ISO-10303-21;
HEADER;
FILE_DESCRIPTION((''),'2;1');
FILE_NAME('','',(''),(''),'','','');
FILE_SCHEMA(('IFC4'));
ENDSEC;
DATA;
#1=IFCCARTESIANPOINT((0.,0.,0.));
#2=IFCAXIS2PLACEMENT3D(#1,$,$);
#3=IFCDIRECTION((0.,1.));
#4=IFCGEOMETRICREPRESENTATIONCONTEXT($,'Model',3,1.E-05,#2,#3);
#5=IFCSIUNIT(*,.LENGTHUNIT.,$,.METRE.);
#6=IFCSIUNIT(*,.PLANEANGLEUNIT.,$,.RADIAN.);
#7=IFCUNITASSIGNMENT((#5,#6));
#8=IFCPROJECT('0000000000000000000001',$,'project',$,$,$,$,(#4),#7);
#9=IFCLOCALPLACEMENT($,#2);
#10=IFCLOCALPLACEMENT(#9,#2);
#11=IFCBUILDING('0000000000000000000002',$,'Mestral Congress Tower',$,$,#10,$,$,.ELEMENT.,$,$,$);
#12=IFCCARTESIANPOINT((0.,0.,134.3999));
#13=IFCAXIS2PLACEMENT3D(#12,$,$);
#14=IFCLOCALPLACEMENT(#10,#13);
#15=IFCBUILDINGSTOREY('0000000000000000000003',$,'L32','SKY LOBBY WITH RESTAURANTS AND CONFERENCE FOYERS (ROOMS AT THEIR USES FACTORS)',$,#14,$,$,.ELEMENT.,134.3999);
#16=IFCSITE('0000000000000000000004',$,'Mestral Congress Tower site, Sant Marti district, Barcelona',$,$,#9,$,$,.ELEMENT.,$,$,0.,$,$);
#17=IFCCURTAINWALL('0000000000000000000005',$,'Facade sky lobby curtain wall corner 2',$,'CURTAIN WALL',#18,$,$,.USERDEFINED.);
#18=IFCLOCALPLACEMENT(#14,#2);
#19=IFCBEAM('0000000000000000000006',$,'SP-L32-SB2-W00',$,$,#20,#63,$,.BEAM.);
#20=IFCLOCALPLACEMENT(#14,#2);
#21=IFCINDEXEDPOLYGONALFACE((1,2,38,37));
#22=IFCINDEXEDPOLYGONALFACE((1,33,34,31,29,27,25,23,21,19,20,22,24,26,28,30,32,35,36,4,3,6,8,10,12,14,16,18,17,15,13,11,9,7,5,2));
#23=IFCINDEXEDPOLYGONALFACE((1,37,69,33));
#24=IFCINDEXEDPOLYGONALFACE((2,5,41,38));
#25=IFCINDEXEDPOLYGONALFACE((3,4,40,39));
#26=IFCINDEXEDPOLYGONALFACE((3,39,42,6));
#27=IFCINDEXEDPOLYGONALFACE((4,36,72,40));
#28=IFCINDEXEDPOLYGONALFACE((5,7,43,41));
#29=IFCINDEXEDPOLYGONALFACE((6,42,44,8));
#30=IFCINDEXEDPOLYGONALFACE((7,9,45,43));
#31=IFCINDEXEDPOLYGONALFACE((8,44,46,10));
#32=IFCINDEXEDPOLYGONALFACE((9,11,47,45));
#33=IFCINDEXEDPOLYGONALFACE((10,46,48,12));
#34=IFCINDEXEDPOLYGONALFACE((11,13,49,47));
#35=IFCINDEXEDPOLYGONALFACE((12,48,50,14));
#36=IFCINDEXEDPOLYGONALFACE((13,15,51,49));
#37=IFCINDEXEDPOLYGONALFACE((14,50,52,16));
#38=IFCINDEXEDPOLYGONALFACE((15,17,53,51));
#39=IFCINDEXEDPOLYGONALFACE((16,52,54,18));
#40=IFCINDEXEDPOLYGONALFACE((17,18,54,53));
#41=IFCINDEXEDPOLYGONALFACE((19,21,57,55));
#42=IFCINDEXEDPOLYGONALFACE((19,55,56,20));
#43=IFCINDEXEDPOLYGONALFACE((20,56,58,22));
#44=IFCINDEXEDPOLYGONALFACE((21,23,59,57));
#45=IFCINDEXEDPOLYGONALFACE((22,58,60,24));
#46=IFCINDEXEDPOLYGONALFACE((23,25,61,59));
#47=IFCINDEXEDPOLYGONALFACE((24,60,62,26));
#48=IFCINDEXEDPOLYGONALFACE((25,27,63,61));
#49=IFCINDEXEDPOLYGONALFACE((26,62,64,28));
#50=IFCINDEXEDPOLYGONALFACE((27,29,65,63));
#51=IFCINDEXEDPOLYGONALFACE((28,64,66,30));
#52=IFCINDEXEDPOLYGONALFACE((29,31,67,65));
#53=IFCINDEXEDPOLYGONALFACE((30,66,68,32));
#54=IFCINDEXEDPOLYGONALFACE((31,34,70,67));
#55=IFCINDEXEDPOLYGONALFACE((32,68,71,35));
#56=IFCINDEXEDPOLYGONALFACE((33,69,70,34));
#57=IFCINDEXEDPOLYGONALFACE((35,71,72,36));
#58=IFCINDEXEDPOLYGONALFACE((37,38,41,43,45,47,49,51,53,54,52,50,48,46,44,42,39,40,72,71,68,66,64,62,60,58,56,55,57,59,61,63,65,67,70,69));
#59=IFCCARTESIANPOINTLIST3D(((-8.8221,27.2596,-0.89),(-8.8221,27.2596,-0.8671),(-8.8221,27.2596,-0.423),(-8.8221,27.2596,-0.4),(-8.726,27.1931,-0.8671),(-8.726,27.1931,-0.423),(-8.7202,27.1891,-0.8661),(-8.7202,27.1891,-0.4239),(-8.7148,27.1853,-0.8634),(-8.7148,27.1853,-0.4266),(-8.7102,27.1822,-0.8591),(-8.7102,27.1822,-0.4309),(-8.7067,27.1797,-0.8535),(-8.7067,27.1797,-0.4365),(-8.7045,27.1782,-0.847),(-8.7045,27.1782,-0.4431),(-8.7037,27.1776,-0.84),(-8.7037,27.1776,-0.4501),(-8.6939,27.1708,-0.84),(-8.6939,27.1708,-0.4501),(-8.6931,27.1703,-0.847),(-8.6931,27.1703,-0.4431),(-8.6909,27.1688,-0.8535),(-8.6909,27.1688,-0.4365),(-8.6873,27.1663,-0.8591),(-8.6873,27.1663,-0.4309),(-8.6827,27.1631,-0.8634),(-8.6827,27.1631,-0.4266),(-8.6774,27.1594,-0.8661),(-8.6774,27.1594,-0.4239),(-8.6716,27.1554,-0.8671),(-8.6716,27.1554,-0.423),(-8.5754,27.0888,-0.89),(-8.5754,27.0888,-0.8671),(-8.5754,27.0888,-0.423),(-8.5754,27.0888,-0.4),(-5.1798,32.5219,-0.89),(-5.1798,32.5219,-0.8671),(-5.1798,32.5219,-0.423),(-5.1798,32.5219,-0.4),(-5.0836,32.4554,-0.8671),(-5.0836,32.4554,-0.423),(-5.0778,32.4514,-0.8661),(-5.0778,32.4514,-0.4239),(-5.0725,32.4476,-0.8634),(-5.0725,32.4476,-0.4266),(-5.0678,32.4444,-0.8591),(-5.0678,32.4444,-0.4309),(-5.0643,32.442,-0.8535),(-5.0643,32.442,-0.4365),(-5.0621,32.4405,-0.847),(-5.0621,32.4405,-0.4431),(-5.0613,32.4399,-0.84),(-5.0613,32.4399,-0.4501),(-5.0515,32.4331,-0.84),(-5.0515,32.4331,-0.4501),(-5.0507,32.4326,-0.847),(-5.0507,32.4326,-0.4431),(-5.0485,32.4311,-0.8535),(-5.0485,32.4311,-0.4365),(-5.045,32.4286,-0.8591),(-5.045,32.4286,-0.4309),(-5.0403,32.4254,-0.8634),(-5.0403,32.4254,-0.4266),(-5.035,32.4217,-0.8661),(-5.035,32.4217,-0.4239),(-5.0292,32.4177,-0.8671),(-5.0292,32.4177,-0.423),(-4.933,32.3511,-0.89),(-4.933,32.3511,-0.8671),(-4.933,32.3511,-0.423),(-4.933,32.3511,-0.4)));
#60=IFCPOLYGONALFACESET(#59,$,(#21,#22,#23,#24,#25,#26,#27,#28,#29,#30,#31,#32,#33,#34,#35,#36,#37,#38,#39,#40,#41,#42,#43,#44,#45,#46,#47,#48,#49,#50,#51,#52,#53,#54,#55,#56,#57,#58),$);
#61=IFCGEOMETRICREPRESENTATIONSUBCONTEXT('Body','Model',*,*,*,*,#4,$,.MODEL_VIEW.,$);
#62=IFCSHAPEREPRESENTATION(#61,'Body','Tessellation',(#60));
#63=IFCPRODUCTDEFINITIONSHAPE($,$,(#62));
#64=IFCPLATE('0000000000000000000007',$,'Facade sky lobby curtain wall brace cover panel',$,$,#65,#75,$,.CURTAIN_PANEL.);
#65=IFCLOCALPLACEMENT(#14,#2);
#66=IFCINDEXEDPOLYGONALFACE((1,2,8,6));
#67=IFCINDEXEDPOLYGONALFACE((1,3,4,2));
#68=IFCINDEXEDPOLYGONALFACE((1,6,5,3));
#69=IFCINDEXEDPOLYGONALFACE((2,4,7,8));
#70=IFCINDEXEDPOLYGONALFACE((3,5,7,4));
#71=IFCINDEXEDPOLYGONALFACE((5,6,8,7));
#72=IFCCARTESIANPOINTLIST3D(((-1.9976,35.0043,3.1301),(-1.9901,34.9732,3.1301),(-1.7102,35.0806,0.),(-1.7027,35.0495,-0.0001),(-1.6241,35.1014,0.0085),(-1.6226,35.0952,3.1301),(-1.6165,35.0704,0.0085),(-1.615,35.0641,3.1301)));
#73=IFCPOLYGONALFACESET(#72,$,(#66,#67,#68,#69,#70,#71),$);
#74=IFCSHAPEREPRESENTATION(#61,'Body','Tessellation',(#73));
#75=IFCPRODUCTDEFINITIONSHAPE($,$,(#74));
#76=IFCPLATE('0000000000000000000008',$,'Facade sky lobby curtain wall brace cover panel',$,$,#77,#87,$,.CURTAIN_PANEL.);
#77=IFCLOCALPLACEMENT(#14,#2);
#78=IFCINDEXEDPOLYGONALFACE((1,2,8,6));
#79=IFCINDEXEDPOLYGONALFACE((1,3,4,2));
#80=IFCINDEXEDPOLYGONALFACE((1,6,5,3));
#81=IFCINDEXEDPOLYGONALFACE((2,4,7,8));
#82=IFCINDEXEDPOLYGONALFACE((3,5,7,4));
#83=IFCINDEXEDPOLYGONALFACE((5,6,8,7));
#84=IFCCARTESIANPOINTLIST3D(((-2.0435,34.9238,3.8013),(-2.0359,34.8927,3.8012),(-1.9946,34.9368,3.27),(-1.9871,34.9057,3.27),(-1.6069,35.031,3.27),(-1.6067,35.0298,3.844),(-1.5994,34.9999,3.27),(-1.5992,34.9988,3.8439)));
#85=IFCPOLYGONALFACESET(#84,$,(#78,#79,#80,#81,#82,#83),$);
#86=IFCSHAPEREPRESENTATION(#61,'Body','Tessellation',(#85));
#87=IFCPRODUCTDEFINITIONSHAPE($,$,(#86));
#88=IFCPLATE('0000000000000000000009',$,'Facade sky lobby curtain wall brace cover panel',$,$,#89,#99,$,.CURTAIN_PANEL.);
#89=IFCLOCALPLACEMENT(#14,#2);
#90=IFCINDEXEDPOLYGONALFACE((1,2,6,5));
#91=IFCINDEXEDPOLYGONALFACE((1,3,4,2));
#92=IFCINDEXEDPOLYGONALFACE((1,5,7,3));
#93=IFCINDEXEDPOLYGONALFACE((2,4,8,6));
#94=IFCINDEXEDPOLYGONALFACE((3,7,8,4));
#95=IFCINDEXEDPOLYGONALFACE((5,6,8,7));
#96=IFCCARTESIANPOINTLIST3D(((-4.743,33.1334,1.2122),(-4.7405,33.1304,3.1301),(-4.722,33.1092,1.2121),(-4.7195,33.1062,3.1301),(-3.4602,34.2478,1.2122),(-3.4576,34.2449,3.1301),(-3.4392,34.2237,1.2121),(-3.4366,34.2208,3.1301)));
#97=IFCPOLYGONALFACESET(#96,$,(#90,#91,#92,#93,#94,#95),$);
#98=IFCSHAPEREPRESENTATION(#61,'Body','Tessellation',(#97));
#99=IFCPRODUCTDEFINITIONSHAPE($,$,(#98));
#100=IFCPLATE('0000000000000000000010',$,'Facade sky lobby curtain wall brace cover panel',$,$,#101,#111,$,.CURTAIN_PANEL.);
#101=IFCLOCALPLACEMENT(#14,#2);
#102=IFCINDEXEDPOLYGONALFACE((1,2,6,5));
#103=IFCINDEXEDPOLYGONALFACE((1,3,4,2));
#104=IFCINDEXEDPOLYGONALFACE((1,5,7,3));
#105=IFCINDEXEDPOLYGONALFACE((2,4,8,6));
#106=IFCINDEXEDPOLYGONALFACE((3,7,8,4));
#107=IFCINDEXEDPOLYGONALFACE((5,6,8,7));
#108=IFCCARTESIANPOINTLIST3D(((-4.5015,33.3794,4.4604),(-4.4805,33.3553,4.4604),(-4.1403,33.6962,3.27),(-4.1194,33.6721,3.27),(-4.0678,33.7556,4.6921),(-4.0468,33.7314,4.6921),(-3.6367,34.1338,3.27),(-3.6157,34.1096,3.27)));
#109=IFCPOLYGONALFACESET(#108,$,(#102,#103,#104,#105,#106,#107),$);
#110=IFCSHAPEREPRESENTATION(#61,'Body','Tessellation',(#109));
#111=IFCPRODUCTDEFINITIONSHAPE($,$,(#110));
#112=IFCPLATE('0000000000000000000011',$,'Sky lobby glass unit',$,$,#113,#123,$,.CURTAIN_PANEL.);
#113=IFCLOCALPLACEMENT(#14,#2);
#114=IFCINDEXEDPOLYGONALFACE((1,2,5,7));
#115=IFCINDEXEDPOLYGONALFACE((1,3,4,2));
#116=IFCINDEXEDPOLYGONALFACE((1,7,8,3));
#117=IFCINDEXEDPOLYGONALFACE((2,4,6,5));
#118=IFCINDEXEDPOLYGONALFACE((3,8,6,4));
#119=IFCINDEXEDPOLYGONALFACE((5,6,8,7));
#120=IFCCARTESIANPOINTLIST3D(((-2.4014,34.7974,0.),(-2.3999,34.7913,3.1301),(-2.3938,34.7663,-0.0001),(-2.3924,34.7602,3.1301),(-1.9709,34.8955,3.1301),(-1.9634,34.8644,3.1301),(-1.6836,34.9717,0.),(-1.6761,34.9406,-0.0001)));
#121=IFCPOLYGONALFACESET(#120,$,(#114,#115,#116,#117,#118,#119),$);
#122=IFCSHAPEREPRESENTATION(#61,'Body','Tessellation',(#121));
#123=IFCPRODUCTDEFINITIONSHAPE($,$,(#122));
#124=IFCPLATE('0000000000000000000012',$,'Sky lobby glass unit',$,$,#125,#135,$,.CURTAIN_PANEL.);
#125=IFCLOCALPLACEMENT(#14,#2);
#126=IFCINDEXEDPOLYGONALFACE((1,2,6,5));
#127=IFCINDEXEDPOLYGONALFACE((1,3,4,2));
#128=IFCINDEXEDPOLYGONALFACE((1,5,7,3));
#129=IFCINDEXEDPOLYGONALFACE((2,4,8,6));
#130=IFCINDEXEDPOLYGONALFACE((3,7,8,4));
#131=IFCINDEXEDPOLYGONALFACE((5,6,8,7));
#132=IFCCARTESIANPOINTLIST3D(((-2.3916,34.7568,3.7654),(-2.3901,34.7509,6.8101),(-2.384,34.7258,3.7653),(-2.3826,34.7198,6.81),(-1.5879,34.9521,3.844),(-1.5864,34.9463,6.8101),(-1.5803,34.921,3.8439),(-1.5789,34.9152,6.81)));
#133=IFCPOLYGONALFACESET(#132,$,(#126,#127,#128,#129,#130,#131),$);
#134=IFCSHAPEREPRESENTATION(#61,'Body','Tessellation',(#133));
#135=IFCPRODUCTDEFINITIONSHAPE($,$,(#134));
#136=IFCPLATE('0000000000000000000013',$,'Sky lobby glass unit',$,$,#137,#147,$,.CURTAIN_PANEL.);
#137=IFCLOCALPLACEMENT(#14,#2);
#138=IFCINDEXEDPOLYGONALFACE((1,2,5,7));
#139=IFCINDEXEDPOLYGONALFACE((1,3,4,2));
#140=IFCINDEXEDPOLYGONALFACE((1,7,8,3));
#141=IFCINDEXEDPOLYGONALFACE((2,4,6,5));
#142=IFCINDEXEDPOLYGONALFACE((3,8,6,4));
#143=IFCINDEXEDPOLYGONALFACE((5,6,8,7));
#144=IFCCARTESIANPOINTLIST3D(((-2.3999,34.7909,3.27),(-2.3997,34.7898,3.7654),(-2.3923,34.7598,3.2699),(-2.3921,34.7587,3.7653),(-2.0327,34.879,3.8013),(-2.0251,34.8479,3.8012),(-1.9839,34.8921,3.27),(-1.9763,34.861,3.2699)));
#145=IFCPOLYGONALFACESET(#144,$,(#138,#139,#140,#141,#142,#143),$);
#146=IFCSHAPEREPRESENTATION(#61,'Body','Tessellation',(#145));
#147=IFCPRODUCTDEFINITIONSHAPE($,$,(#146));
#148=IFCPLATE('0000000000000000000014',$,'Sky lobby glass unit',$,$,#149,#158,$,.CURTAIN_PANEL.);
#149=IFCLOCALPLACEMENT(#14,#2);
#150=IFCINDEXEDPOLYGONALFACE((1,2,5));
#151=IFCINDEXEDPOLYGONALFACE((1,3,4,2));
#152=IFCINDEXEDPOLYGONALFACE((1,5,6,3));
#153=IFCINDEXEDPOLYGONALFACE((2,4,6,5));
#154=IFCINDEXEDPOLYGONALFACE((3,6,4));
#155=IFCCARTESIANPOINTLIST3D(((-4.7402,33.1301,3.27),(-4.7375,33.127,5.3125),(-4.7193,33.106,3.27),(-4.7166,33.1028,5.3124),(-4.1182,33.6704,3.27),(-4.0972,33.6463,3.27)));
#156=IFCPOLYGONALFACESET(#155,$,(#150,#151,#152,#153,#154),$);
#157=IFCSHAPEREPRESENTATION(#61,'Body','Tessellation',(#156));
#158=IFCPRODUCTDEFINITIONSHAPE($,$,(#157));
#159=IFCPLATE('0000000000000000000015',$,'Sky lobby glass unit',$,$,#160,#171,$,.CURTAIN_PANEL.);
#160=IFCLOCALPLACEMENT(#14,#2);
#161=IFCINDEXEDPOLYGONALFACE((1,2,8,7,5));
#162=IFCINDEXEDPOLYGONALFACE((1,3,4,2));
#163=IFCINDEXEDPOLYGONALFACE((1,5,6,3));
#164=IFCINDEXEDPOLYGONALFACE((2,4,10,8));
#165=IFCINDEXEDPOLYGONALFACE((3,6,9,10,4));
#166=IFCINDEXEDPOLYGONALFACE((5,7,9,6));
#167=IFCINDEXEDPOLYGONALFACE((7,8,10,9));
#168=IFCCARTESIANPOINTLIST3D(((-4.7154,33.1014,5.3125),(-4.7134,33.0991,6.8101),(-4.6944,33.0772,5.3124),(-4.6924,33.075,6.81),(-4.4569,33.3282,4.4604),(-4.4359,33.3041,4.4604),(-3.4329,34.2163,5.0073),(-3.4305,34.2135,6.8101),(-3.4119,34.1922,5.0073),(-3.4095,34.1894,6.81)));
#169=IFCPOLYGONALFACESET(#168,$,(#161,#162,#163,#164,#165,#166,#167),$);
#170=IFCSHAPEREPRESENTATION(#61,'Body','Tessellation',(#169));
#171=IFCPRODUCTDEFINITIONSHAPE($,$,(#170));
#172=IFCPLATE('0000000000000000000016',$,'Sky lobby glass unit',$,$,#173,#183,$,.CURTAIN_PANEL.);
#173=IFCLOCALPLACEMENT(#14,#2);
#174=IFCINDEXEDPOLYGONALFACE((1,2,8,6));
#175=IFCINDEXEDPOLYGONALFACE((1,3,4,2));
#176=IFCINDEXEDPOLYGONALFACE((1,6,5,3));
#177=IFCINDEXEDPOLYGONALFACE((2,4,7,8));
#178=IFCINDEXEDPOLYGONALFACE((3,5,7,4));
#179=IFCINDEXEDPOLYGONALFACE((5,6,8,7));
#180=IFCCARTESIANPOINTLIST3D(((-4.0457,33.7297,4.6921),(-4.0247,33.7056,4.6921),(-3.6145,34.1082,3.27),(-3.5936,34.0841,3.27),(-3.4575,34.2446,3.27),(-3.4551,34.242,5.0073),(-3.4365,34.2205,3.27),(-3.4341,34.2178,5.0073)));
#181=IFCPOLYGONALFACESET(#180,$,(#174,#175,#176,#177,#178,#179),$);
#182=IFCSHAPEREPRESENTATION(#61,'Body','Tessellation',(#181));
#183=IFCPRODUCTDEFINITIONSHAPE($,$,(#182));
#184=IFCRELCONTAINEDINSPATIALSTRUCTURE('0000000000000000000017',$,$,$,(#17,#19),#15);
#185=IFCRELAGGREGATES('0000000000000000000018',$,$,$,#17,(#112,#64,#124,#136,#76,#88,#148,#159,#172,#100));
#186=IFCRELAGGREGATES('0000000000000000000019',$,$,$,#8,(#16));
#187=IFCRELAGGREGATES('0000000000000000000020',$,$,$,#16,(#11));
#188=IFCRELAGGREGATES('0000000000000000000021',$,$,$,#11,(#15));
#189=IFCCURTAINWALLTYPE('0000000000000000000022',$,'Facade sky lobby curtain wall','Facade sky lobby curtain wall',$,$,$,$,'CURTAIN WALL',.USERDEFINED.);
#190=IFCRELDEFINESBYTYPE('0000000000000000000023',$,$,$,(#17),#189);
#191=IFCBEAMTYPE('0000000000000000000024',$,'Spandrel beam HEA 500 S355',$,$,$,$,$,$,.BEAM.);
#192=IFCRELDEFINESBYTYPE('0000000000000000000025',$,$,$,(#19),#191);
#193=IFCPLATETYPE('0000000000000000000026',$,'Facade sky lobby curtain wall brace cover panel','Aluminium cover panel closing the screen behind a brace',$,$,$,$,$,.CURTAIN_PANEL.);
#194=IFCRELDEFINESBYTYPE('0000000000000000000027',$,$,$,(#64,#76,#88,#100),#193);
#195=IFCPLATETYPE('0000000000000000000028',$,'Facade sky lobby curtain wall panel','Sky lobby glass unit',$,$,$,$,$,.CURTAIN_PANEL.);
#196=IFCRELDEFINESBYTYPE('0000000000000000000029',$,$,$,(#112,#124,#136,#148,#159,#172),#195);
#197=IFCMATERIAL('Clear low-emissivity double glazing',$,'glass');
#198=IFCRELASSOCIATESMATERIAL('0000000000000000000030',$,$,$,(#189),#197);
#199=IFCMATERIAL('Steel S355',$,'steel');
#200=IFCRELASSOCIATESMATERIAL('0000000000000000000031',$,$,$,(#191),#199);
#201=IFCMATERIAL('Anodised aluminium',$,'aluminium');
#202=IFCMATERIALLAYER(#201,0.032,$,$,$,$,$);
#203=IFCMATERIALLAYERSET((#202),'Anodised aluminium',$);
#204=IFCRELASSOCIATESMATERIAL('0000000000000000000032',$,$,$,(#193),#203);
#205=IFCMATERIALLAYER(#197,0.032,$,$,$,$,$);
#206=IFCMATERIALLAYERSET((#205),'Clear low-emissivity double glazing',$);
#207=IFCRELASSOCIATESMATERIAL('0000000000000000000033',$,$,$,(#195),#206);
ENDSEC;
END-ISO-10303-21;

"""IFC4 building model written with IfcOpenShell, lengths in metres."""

from ifc_helpers import new_model, si_unit, direction, frame, origin, origin_2d, place, context, subcontext, project, spatial, polyline, i_section, outline, extrude, material, layer, layer_set, material_profile, profile_set, type_object, element, aggregate, save


model = new_model("IFC4")

# Units and contexts
model_context = context("Model", 3, precision=1e-05, world=origin(), true_north=direction((0.0, 1.0)))
body_context = subcontext(model_context, "Body", "Model", "MODEL_VIEW")
ifc_project = project(units=[si_unit("LENGTHUNIT", "METRE"), si_unit("PLANEANGLEUNIT", "RADIAN")], contexts=[model_context])

# Site, building, storey
site_placement = place(None, origin())
site = spatial("IfcSite", under=ifc_project, at=site_placement, Name="Mestral Congress Tower site, Sant Marti district, Barcelona", CompositionType="ELEMENT", RefElevation=0.0)
building_placement = place(site_placement, origin())
building = spatial("IfcBuilding", under=site, at=building_placement, Name="Mestral Congress Tower", CompositionType="ELEMENT")
storey_placement = place(building_placement, frame((0.0, 0.0, 134.3999)))
storey = spatial("IfcBuildingStorey", under=building, at=storey_placement, Name="L32", Description="SKY LOBBY WITH RESTAURANTS AND CONFERENCE FOYERS (ROOMS AT THEIR USES FACTORS)", CompositionType="ELEMENT", Elevation=134.3999)

# Shared definitions
ifc_material_1 = material(Name="Steel S355", Category="steel")

# Curtain wall
ifc_material_2 = material(Name="Clear low-emissivity double glazing", Category="glass")
curtain_wall_type = type_object("IfcCurtainWallType", Name="Facade sky lobby curtain wall", Description="Facade sky lobby curtain wall", ElementType="CURTAIN WALL", PredefinedType="USERDEFINED", material=ifc_material_2)
curtain_wall_placement = place(storey_placement, origin())
curtain_wall = element("IfcCurtainWall", 1, at=curtain_wall_placement, inside=storey, type_object=curtain_wall_type, Name="Facade sky lobby curtain wall corner 2", ObjectType="CURTAIN WALL", PredefinedType="USERDEFINED")
ifc_material_3 = material(Name="Anodised aluminium", Category="aluminium")

# Beam
ifc_material_profile_1 = material_profile(ifc_material_1, i_section(OverallWidth=0.3, OverallDepth=0.49, WebThickness=0.012, FlangeThickness=0.0229, FilletRadius=0.0271, at=origin_2d()), Name="HEA 500")
ifc_profile_set_1 = profile_set([ifc_material_profile_1], Name="Steel S355")
beam_type_1 = type_object("IfcBeamType", Name="Spandrel beam HEA 500 S355", PredefinedType="BEAM", material=ifc_profile_set_1)
beam_1_placement = place(storey_placement, frame((-5.0564, 32.4365, -0.645), z_axis=(-0.569133, -0.822246, 0.0), x_axis=(0.822246, -0.569133, 0.0)))
element("IfcBeam", 2, at=beam_1_placement, inside=storey, type_object=beam_type_1, Name="SP-L32-SB2-W00", PredefinedType="BEAM", context=body_context, shape_type="SweptSolid", body=[
    extrude(i_section(OverallWidth=0.3, OverallDepth=0.49, WebThickness=0.012, FlangeThickness=0.0229, FilletRadius=0.0271, at=origin_2d()), origin(), (0.0, 0.0, 1.0), 6.3999),
])

# Plates
ifc_layer_1 = layer(ifc_material_3, 0.032)
ifc_layer_set_1 = layer_set([ifc_layer_1], Name="Anodised aluminium")
plate_type_1 = type_object("IfcPlateType", Name="Facade sky lobby curtain wall brace cover panel", Description="Aluminium cover panel closing the screen behind a brace", PredefinedType="CURTAIN_PANEL", material=ifc_layer_set_1)
plate_1_placement = place(storey_placement, frame((-1.6226, 35.0952, 3.1301), z_axis=(-0.235665, 0.971832, 0.002051), x_axis=(-0.971834, -0.235665, 0.000001)))
plate_1 = element("IfcPlate", 3, at=plate_1_placement, type_object=plate_type_1, Name="Facade sky lobby curtain wall brace cover panel", PredefinedType="CURTAIN_PANEL", context=body_context, shape_type="SweptSolid", body=[
    extrude(outline(polyline([(0.0, 0.0), (0.3859, 0.0), (0.0886, -3.1301), (0.0, -3.1216), (0.0, 0.0)])), origin(), (0.0, 0.0, -1.0), 0.032),
])
plate_2_placement = place(storey_placement, frame((-1.6069, 35.031, 3.27), z_axis=(-0.236063, 0.971735, 0.002073), x_axis=(0.000403, -0.002035, 0.999998)))
plate_2 = element("IfcPlate", 4, at=plate_2_placement, type_object=plate_type_1, Name="Facade sky lobby curtain wall brace cover panel", PredefinedType="CURTAIN_PANEL", context=body_context, shape_type="SweptSolid", body=[
    extrude(outline(polyline([(0.0, 0.0), (0.574, 0.0), (0.5313, -0.4494), (0.0, -0.399), (0.0, 0.0)])), origin(), (0.0, 0.0, -1.0), 0.032),
])
plate_3_placement = place(storey_placement, frame((-4.7405, 33.1304, 3.1301), z_axis=(-0.655839, 0.754898, 0.00203), x_axis=(-0.0013, 0.001559, -0.999998)))
plate_3 = element("IfcPlate", 5, at=plate_3_placement, type_object=plate_type_1, Name="Facade sky lobby curtain wall brace cover panel", PredefinedType="CURTAIN_PANEL", context=body_context, shape_type="SweptSolid", body=[
    extrude(outline(polyline([(0.0, 0.0), (1.918, 0.0), (1.918, -1.6993), (0.0001, -1.6994), (0.0, 0.0)])), origin(), (0.0, 0.0, -1.0), 0.032),
])
plate_4_placement = place(storey_placement, frame((-3.6367, 34.1338, 3.27), z_axis=(-0.655863, 0.754878, 0.00195), x_axis=(-0.281141, -0.24666, 0.927426)))
plate_4 = element("IfcPlate", 6, at=plate_4_placement, type_object=plate_type_1, Name="Facade sky lobby curtain wall brace cover panel", PredefinedType="CURTAIN_PANEL", context=body_context, shape_type="SweptSolid", body=[
    extrude(outline(polyline([(0.0, 0.0), (1.5334, 0.0), (1.5332, -0.6191), (0.2495, -0.6187), (0.0, 0.0)])), origin(), (0.0, 0.0, -1.0), 0.032),
])
ifc_layer_2 = layer(ifc_material_2, 0.032)
ifc_layer_set_2 = layer_set([ifc_layer_2], Name="Clear low-emissivity double glazing")
plate_type_2 = type_object("IfcPlateType", Name="Facade sky lobby curtain wall panel", Description="Sky lobby glass unit", PredefinedType="CURTAIN_PANEL", material=ifc_layer_set_2)
plate_5_placement = place(storey_placement, frame((-2.4014, 34.7974, 0.0), z_axis=(-0.236055, 0.971738, 0.001991), x_axis=(0.971739, 0.236056, 0.0)))
plate_5 = element("IfcPlate", 7, at=plate_5_placement, type_object=plate_type_2, Name="Sky lobby glass unit", PredefinedType="CURTAIN_PANEL", context=body_context, shape_type="SweptSolid", body=[
    extrude(outline(polyline([(0.0, 0.0), (0.7386, 0.0), (0.4414, -3.1301), (0.0, -3.1301), (0.0, 0.0)])), origin(), (0.0, 0.0, -1.0), 0.032),
])
plate_6_placement = place(storey_placement, frame((-1.5864, 34.9463, 6.8101), z_axis=(-0.236233, 0.971694, 0.00201), x_axis=(-0.971696, -0.236233, 0.0)))
plate_6 = element("IfcPlate", 8, at=plate_6_placement, type_object=plate_type_2, Name="Sky lobby glass unit", PredefinedType="CURTAIN_PANEL", context=body_context, shape_type="SweptSolid", body=[
    extrude(outline(polyline([(0.0, 0.0), (0.8271, 0.0), (0.8271, -3.0447), (0.0, -2.9661), (0.0, 0.0)])), origin(), (0.0, 0.0, -1.0), 0.032),
])
plate_7_placement = place(storey_placement, frame((-2.3997, 34.7898, 3.7654), z_axis=(-0.236424, 0.971648, 0.002213), x_axis=(-0.000423, 0.002175, -0.999998)))
plate_7 = element("IfcPlate", 9, at=plate_7_placement, type_object=plate_type_2, Name="Sky lobby glass unit", PredefinedType="CURTAIN_PANEL", context=body_context, shape_type="SweptSolid", body=[
    extrude(outline(polyline([(0.0, 0.0), (0.4954, 0.0), (0.4954, -0.4281), (-0.0358, -0.3777), (0.0, 0.0)])), origin(), (0.0, 0.0, -1.0), 0.032),
])
plate_8_placement = place(storey_placement, frame((-4.7402, 33.1301, 3.27), z_axis=(-0.65573, 0.754993, 0.002035), x_axis=(0.754995, 0.655731, 0.0)))
plate_8 = element("IfcPlate", 10, at=plate_8_placement, type_object=plate_type_2, Name="Sky lobby glass unit", PredefinedType="CURTAIN_PANEL", context=body_context, shape_type="SweptSolid", body=[
    extrude(outline(polyline([(0.0, 0.0), (0.8239, 0.0), (-0.0001, -2.0425), (0.0, 0.0)])), origin(), (0.0, 0.0, -1.0), 0.032),
])
plate_9_placement = place(storey_placement, frame((-4.7134, 33.0991, 6.8101), z_axis=(-0.655791, 0.75494, 0.002024), x_axis=(-0.001345, 0.001514, -0.999998)))
plate_9 = element("IfcPlate", 11, at=plate_9_placement, type_object=plate_type_2, Name="Sky lobby glass unit", PredefinedType="CURTAIN_PANEL", context=body_context, shape_type="SweptSolid", body=[
    extrude(outline(polyline([(0.0, 0.0), (1.4976, 0.0), (2.3496, -0.3439), (1.8027, -1.6994), (0.0, -1.6993), (0.0, 0.0)])), origin(), (0.0, 0.0, -1.0), 0.032),
])
plate_10_placement = place(storey_placement, frame((-3.4575, 34.2446, 3.27), z_axis=(-0.655883, 0.754859, 0.002056), x_axis=(0.001384, -0.001521, 0.999998)))
plate_10 = element("IfcPlate", 12, at=plate_10_placement, type_object=plate_type_2, Name="Sky lobby glass unit", PredefinedType="CURTAIN_PANEL", context=body_context, shape_type="SweptSolid", body=[
    extrude(outline(polyline([(0.0, 0.0), (1.7373, 0.0), (1.4221, -0.7817), (0.0, -0.208), (0.0, 0.0)])), origin(), (0.0, 0.0, -1.0), 0.032),
])
aggregate(curtain_wall, [plate_5, plate_1, plate_6, plate_7, plate_2, plate_3, plate_8, plate_9, plate_10, plate_4])

save(model, "model.ifc")
